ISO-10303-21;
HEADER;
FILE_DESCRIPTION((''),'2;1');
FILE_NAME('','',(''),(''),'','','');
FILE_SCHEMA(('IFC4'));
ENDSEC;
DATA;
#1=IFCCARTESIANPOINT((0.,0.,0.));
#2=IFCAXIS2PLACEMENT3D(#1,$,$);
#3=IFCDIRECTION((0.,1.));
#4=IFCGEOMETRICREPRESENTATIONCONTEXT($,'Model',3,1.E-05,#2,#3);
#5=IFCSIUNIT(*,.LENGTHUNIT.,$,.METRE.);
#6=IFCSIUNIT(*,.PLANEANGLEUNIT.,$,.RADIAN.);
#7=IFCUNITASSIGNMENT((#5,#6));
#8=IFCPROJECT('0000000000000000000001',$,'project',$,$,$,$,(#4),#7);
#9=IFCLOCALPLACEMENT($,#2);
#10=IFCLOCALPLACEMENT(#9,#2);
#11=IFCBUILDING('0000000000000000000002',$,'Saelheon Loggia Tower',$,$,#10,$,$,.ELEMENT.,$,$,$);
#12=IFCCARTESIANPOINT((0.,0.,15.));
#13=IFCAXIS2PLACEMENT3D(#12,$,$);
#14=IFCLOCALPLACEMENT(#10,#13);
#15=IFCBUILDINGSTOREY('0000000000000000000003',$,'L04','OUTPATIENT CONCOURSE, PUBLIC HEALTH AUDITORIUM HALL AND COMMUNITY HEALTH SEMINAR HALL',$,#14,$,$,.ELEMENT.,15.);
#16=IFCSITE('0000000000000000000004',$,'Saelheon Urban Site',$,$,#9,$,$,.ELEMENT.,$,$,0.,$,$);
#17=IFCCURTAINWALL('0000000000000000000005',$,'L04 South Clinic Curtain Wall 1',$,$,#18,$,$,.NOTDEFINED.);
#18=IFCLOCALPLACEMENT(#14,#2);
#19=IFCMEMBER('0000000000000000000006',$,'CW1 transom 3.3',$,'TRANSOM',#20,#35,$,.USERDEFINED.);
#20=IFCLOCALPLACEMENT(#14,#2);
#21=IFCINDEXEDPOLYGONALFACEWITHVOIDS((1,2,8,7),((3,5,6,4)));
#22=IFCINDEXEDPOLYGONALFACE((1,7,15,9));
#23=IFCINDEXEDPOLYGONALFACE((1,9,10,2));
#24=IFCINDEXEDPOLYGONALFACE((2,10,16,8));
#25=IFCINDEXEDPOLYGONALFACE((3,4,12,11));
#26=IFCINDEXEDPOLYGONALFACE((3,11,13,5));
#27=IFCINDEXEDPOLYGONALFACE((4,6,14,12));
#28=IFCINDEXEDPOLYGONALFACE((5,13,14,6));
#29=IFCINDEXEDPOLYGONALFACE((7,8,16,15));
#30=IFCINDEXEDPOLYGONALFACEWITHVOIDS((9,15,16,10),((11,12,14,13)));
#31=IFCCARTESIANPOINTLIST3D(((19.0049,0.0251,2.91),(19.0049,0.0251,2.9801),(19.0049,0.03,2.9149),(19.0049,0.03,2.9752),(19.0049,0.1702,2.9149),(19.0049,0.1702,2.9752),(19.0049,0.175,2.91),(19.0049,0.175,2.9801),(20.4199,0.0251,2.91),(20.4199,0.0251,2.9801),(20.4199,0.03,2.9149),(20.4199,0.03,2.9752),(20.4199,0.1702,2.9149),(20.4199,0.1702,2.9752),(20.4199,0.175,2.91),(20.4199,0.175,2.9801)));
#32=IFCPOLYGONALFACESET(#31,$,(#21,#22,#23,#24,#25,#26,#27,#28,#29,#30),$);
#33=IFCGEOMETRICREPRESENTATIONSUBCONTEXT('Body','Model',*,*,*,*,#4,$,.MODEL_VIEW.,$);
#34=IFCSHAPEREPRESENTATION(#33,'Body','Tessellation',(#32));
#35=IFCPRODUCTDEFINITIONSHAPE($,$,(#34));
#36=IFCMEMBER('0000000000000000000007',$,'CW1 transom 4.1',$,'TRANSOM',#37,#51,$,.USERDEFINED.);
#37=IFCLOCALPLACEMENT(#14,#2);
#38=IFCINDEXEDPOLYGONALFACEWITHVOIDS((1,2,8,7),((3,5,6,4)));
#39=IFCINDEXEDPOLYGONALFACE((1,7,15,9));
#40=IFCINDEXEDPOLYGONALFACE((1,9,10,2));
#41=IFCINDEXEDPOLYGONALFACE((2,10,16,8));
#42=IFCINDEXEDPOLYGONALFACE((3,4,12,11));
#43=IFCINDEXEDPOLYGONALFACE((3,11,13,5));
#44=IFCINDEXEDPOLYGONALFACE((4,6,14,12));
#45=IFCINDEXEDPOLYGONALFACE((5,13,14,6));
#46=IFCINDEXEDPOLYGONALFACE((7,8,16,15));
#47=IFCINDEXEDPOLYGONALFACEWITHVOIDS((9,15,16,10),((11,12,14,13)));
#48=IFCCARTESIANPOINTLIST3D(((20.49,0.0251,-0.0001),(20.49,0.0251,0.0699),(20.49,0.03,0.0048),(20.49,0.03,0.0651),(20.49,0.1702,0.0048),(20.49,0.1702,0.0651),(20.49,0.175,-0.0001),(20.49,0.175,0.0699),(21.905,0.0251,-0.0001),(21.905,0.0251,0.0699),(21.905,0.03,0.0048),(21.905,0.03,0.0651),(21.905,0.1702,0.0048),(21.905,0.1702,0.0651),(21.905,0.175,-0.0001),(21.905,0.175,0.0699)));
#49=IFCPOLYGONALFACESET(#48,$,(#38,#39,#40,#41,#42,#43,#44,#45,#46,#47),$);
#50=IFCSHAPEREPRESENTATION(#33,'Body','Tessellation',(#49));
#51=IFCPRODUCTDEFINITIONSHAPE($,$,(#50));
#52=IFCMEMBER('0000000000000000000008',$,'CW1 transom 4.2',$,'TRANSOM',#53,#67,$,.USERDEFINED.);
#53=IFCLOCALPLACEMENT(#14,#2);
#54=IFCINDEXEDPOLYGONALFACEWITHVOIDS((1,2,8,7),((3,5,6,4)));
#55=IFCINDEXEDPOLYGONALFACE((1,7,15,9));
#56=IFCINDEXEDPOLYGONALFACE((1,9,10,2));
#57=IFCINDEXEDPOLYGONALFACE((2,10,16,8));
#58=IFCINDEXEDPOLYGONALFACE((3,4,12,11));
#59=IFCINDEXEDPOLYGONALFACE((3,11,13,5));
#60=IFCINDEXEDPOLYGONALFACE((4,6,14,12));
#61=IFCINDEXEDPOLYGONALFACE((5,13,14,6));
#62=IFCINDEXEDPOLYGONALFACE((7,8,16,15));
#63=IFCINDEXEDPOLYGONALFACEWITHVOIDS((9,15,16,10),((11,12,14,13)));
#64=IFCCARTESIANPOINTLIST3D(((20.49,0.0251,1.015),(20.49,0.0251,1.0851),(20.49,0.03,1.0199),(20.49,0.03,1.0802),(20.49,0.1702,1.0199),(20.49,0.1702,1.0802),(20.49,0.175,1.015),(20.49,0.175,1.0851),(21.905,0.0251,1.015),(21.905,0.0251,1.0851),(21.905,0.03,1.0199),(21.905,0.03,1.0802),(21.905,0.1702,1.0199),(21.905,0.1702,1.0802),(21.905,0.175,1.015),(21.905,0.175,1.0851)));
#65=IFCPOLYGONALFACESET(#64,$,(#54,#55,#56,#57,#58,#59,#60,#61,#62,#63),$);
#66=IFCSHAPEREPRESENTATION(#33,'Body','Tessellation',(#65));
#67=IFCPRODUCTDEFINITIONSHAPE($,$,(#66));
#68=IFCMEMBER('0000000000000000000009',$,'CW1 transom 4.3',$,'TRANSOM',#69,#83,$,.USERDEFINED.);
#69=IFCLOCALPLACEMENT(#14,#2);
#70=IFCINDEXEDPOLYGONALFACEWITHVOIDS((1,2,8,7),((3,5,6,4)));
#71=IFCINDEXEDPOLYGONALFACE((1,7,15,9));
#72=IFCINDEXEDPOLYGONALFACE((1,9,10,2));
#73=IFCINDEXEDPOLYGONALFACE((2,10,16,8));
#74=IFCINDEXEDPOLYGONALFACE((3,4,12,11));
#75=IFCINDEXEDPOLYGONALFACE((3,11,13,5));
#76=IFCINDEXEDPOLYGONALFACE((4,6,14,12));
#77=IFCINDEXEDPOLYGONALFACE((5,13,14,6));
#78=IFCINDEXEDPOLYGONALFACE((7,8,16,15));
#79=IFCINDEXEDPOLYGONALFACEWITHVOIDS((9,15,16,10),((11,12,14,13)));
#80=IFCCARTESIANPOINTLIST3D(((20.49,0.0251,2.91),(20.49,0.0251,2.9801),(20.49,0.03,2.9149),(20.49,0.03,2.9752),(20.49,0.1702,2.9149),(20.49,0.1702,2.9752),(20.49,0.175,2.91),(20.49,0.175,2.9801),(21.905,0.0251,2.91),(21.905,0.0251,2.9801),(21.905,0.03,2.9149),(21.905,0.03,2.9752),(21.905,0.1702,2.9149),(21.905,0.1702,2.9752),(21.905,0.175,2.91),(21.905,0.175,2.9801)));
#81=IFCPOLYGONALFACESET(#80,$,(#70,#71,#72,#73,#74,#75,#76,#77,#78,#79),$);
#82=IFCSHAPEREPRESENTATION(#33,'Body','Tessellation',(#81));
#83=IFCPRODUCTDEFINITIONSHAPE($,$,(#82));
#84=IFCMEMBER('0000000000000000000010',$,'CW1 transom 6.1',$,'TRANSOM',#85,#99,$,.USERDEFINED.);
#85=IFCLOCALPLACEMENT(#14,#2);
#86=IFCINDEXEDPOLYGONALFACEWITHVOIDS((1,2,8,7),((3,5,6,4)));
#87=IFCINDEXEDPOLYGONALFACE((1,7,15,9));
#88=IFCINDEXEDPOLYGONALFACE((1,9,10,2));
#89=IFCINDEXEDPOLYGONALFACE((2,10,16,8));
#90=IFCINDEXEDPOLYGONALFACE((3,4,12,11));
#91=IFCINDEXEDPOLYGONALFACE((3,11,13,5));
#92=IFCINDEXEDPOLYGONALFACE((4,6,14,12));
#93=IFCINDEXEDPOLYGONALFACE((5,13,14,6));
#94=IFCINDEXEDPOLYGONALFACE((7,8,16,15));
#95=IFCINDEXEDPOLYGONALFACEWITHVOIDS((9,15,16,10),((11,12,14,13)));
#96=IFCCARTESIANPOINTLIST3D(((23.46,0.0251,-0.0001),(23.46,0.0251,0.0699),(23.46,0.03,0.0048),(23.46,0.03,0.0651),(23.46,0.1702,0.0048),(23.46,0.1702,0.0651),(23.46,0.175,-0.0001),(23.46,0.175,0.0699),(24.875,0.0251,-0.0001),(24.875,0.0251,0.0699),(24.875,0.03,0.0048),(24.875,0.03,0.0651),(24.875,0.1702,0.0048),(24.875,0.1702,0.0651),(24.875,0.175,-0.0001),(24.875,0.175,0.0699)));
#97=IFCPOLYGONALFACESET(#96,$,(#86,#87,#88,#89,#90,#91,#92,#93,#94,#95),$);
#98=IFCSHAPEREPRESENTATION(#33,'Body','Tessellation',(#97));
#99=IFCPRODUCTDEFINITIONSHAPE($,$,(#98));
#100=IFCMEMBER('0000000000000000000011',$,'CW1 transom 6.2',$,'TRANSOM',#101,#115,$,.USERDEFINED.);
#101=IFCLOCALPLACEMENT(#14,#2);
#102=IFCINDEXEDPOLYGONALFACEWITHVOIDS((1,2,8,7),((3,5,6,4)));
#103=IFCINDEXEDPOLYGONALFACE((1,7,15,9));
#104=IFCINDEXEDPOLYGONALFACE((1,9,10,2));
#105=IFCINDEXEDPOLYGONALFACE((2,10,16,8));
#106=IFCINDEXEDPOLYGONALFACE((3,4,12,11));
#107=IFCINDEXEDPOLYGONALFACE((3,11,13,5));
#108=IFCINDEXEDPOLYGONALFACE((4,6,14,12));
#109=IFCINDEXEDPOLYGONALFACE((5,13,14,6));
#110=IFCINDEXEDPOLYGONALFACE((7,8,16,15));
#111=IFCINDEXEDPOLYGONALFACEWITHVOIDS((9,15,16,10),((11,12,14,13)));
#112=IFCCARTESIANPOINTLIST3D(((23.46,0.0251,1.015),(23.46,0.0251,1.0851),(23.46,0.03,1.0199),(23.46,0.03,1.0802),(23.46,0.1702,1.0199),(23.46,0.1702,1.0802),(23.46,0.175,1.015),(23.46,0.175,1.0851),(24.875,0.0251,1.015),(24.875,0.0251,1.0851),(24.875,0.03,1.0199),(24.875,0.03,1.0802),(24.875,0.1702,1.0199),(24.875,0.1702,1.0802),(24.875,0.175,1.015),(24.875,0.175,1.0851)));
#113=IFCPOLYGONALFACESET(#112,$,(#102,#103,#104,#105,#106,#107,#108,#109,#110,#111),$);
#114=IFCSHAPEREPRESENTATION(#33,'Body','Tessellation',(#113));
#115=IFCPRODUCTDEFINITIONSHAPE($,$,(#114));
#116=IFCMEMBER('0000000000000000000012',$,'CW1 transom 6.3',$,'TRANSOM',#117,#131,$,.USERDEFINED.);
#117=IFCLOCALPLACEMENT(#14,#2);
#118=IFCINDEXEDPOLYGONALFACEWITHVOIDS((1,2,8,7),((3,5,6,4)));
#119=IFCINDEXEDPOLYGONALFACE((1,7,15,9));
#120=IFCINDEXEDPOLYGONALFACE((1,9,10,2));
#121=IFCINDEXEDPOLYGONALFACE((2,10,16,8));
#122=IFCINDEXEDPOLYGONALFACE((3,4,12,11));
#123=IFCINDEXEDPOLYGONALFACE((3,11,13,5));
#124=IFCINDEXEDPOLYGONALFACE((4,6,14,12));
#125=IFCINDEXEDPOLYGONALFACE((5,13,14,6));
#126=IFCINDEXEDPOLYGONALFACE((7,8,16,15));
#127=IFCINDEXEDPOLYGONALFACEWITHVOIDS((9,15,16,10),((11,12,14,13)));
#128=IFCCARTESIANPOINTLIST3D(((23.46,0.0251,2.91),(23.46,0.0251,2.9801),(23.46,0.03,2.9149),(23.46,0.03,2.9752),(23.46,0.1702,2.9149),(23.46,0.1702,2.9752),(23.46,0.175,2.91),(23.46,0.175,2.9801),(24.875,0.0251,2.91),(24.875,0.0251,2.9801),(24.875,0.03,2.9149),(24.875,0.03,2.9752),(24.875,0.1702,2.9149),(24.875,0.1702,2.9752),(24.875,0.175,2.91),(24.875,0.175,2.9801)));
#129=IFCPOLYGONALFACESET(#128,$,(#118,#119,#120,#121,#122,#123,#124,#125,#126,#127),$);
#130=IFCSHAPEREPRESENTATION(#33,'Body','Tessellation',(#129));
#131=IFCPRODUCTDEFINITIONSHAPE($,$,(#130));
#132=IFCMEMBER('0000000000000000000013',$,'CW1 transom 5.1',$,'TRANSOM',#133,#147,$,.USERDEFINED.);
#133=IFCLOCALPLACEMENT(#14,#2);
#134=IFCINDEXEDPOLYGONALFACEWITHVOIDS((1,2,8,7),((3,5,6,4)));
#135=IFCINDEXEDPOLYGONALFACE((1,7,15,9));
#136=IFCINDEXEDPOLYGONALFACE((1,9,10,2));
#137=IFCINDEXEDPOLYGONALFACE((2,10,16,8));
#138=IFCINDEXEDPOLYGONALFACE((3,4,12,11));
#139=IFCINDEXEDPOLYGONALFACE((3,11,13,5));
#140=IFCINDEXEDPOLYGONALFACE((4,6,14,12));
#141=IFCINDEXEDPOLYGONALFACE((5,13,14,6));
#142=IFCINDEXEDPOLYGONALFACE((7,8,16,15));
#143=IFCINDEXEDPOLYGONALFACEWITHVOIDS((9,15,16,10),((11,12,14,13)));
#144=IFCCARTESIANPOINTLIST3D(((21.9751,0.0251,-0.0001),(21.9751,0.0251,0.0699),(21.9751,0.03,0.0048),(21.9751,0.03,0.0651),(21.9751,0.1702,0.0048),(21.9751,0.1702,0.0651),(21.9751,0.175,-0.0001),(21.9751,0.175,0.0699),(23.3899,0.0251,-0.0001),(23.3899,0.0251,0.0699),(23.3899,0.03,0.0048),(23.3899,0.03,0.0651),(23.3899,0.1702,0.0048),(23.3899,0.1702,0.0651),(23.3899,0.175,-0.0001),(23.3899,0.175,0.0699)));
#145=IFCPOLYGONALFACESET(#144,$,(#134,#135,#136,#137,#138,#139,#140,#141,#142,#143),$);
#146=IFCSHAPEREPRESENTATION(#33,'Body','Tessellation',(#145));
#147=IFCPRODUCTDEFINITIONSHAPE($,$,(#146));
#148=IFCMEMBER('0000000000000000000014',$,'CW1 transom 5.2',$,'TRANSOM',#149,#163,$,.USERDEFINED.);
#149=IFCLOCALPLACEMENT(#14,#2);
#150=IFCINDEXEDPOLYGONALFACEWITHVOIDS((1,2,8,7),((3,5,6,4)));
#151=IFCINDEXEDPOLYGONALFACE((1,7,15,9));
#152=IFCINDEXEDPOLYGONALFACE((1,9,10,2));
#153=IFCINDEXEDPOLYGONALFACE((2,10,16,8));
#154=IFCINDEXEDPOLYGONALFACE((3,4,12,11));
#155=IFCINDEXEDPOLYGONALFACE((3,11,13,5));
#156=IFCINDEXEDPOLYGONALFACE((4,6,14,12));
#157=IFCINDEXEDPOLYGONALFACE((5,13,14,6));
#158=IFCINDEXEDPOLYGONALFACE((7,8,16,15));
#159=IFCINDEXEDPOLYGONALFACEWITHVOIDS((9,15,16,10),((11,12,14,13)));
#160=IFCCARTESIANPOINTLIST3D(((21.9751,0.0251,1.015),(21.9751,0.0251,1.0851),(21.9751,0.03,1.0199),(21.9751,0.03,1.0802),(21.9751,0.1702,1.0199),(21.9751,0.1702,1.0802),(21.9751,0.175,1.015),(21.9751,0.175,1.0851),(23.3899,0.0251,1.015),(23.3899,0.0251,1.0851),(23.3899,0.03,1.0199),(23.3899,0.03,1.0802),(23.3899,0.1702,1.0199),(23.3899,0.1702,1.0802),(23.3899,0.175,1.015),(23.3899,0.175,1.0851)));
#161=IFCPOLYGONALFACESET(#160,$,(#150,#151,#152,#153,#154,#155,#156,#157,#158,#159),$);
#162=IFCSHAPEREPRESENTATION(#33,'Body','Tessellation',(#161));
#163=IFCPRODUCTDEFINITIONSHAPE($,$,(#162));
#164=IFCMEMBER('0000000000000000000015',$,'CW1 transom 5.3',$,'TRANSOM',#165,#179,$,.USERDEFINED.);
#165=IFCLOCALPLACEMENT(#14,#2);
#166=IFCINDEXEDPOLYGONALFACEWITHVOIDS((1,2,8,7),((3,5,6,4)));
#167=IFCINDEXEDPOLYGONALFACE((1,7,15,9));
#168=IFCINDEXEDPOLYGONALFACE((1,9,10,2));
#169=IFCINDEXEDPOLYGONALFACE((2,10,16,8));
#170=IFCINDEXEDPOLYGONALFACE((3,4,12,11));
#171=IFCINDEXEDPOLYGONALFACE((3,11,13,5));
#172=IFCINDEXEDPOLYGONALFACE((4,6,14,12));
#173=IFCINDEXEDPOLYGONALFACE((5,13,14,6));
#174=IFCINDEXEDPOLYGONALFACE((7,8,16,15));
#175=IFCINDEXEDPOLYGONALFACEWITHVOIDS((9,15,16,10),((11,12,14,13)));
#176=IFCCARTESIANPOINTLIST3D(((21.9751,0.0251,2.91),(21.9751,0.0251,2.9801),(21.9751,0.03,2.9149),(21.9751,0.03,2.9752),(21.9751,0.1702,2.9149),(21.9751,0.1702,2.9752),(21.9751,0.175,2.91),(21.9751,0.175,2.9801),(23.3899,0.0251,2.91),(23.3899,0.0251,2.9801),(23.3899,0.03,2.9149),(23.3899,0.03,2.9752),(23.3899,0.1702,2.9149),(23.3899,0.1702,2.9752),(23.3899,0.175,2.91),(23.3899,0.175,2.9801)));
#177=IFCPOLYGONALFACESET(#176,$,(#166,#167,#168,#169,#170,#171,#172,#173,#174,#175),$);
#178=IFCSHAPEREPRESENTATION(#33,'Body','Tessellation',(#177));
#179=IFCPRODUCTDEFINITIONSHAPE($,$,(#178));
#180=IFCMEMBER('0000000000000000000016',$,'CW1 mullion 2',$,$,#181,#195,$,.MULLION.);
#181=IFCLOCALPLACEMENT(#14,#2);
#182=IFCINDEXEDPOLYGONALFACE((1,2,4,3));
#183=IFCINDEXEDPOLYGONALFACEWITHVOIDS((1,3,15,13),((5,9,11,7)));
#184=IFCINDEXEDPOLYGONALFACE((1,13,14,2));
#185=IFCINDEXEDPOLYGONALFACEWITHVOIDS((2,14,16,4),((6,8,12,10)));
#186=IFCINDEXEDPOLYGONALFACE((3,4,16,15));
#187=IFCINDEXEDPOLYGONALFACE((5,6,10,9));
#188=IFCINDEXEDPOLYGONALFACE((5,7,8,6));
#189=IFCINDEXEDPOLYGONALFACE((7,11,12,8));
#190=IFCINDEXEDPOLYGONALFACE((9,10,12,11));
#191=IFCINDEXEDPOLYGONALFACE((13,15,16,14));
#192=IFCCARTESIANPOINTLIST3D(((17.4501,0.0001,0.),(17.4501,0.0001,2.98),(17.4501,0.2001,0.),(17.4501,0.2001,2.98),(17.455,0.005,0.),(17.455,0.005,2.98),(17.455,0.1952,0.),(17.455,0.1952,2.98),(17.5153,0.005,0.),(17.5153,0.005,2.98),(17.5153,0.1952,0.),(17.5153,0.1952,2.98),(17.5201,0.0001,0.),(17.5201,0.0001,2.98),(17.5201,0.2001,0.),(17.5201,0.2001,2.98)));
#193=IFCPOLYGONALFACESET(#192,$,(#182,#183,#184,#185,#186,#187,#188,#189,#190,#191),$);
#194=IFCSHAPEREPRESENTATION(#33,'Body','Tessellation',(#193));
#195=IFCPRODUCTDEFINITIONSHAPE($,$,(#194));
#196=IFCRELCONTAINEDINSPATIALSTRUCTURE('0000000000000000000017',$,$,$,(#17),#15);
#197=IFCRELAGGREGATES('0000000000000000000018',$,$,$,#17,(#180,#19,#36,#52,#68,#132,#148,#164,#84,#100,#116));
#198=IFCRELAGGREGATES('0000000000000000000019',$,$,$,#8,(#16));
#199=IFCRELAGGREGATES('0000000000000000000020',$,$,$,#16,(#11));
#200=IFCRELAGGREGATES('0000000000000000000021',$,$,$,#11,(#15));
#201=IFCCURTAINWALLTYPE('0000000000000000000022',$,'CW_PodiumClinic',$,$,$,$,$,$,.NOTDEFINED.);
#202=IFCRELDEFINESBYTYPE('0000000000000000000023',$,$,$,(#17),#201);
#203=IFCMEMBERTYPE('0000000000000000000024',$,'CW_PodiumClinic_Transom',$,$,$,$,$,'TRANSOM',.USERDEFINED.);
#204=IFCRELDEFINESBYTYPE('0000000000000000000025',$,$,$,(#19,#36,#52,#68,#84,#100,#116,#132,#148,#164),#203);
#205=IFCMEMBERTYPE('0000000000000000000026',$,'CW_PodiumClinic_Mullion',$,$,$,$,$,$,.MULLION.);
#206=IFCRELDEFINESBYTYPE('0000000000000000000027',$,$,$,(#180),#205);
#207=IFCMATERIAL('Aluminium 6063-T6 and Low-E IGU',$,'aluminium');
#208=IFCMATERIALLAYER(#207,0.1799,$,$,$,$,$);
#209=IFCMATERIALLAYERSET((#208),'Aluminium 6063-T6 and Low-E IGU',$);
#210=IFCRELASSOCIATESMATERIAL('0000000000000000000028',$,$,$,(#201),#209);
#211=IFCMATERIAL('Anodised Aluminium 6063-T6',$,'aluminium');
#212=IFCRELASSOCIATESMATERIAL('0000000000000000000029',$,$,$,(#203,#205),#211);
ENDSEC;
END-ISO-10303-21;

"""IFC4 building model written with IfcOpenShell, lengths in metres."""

from ifc_helpers import new_model, si_unit, direction, frame, origin, origin_2d, place, context, subcontext, project, spatial, hollow_rectangle, extrude, source, transform, mapped, material, layer, layer_set, material_profile, profile_set, type_object, element, aggregate, save


model = new_model("IFC4")

# Units and contexts
model_context = context("Model", 3, precision=1e-05, world=origin(), true_north=direction((0.0, 1.0)))
body_context = subcontext(model_context, "Body", "Model", "MODEL_VIEW")
ifc_project = project(units=[si_unit("LENGTHUNIT", "METRE"), si_unit("PLANEANGLEUNIT", "RADIAN")], contexts=[model_context])

# Site, building, storey
site_placement = place(None, origin())
site = spatial("IfcSite", under=ifc_project, at=site_placement, Name="Saelheon Urban Site", CompositionType="ELEMENT", RefElevation=0.0)
building_placement = place(site_placement, origin())
building = spatial("IfcBuilding", under=site, at=building_placement, Name="Saelheon Loggia Tower", CompositionType="ELEMENT")
storey_placement = place(building_placement, frame((0.0, 0.0, 15.0)))
storey = spatial("IfcBuildingStorey", under=building, at=storey_placement, Name="L04", Description="OUTPATIENT CONCOURSE, PUBLIC HEALTH AUDITORIUM HALL AND COMMUNITY HEALTH SEMINAR HALL", CompositionType="ELEMENT", Elevation=15.0)

# Curtain wall, members
ifc_material_1 = material(Name="Aluminium 6063-T6 and Low-E IGU", Category="aluminium")
ifc_layer_1 = layer(ifc_material_1, 0.1799)
ifc_layer_set_1 = layer_set([ifc_layer_1], Name="Aluminium 6063-T6 and Low-E IGU")
curtain_wall_type = type_object("IfcCurtainWallType", Name="CW_PodiumClinic", PredefinedType="NOTDEFINED", material=ifc_layer_set_1)
curtain_wall_placement = place(storey_placement, origin())
curtain_wall = element("IfcCurtainWall", 1, at=curtain_wall_placement, inside=storey, type_object=curtain_wall_type, Name="L04 South Clinic Curtain Wall 1", PredefinedType="NOTDEFINED")
ifc_material_2 = material(Name="Anodised Aluminium 6063-T6", Category="aluminium")
ifc_material_profile_1 = material_profile(ifc_material_2, hollow_rectangle(XDim=0.0701, YDim=0.1499, WallThickness=0.0049, at=origin_2d()), Name="RHS-150x70x5")
ifc_profile_set_1 = profile_set([ifc_material_profile_1], Name="Anodised Aluminium 6063-T6")
member_type_1 = type_object("IfcMemberType", Name="CW_PodiumClinic_Transom", ElementType="TRANSOM", PredefinedType="USERDEFINED", material=ifc_profile_set_1)
shared_shape_1 = source(origin(), body_context, "Body", "SweptSolid", [
    extrude(hollow_rectangle(XDim=0.0701, YDim=0.1499, WallThickness=0.0049, at=origin_2d()), origin(), (0.0, 0.0, 1.0), 1.415),
])
member_1_placement = place(storey_placement, frame((19.0049, 0.1001, 2.9451), z_axis=(1.0, 0.0, 0.0), x_axis=(0.0, 0.0, 1.0)))
member_1 = element("IfcMember", 2, at=member_1_placement, type_object=member_type_1, Name="CW1 transom 3.3", ObjectType="TRANSOM", PredefinedType="USERDEFINED", context=body_context, shape_type="MappedRepresentation", body=[
    mapped(shared_shape_1, transform((0.0, 0.0, 0.0), scale=1.0)),
])
member_2_placement = place(storey_placement, frame((20.49, 0.1001, 0.0349), z_axis=(1.0, 0.0, 0.0), x_axis=(0.0, 0.0, 1.0)))
member_2 = element("IfcMember", 3, at=member_2_placement, type_object=member_type_1, Name="CW1 transom 4.1", ObjectType="TRANSOM", PredefinedType="USERDEFINED", context=body_context, shape_type="MappedRepresentation", body=[
    mapped(shared_shape_1, transform((0.0, 0.0, 0.0), scale=1.0)),
])
member_3_placement = place(storey_placement, frame((20.49, 0.1001, 1.05), z_axis=(1.0, 0.0, 0.0), x_axis=(0.0, 0.0, 1.0)))
member_3 = element("IfcMember", 4, at=member_3_placement, type_object=member_type_1, Name="CW1 transom 4.2", ObjectType="TRANSOM", PredefinedType="USERDEFINED", context=body_context, shape_type="MappedRepresentation", body=[
    mapped(shared_shape_1, transform((0.0, 0.0, 0.0), scale=1.0)),
])
member_4_placement = place(storey_placement, frame((20.49, 0.1001, 2.9451), z_axis=(1.0, 0.0, 0.0), x_axis=(0.0, 0.0, 1.0)))
member_4 = element("IfcMember", 5, at=member_4_placement, type_object=member_type_1, Name="CW1 transom 4.3", ObjectType="TRANSOM", PredefinedType="USERDEFINED", context=body_context, shape_type="MappedRepresentation", body=[
    mapped(shared_shape_1, transform((0.0, 0.0, 0.0), scale=1.0)),
])
member_5_placement = place(storey_placement, frame((23.46, 0.1001, 0.0349), z_axis=(1.0, 0.0, 0.0), x_axis=(0.0, 0.0, 1.0)))
member_5 = element("IfcMember", 6, at=member_5_placement, type_object=member_type_1, Name="CW1 transom 6.1", ObjectType="TRANSOM", PredefinedType="USERDEFINED", context=body_context, shape_type="MappedRepresentation", body=[
    mapped(shared_shape_1, transform((0.0, 0.0, 0.0), scale=1.0)),
])
member_6_placement = place(storey_placement, frame((23.46, 0.1001, 1.05), z_axis=(1.0, 0.0, 0.0), x_axis=(0.0, 0.0, 1.0)))
member_6 = element("IfcMember", 7, at=member_6_placement, type_object=member_type_1, Name="CW1 transom 6.2", ObjectType="TRANSOM", PredefinedType="USERDEFINED", context=body_context, shape_type="MappedRepresentation", body=[
    mapped(shared_shape_1, transform((0.0, 0.0, 0.0), scale=1.0)),
])
member_7_placement = place(storey_placement, frame((23.46, 0.1001, 2.9451), z_axis=(1.0, 0.0, 0.0), x_axis=(0.0, 0.0, 1.0)))
member_7 = element("IfcMember", 8, at=member_7_placement, type_object=member_type_1, Name="CW1 transom 6.3", ObjectType="TRANSOM", PredefinedType="USERDEFINED", context=body_context, shape_type="MappedRepresentation", body=[
    mapped(shared_shape_1, transform((0.0, 0.0, 0.0), scale=1.0)),
])
shared_shape_2 = source(origin(), body_context, "Body", "SweptSolid", [
    extrude(hollow_rectangle(XDim=0.0701, YDim=0.1499, WallThickness=0.0049, at=origin_2d()), origin(), (0.0, 0.0, 1.0), 1.4148),
])
member_8_placement = place(storey_placement, frame((21.9751, 0.1001, 0.0349), z_axis=(1.0, 0.0, 0.0), x_axis=(0.0, 0.0, 1.0)))
member_8 = element("IfcMember", 9, at=member_8_placement, type_object=member_type_1, Name="CW1 transom 5.1", ObjectType="TRANSOM", PredefinedType="USERDEFINED", context=body_context, shape_type="MappedRepresentation", body=[
    mapped(shared_shape_2, transform((0.0, 0.0, 0.0), scale=1.0)),
])
member_9_placement = place(storey_placement, frame((21.9751, 0.1001, 1.05), z_axis=(1.0, 0.0, 0.0), x_axis=(0.0, 0.0, 1.0)))
member_9 = element("IfcMember", 10, at=member_9_placement, type_object=member_type_1, Name="CW1 transom 5.2", ObjectType="TRANSOM", PredefinedType="USERDEFINED", context=body_context, shape_type="MappedRepresentation", body=[
    mapped(shared_shape_2, transform((0.0, 0.0, 0.0), scale=1.0)),
])
member_10_placement = place(storey_placement, frame((21.9751, 0.1001, 2.9451), z_axis=(1.0, 0.0, 0.0), x_axis=(0.0, 0.0, 1.0)))
member_10 = element("IfcMember", 11, at=member_10_placement, type_object=member_type_1, Name="CW1 transom 5.3", ObjectType="TRANSOM", PredefinedType="USERDEFINED", context=body_context, shape_type="MappedRepresentation", body=[
    mapped(shared_shape_2, transform((0.0, 0.0, 0.0), scale=1.0)),
])
ifc_material_profile_2 = material_profile(ifc_material_2, hollow_rectangle(XDim=0.0701, YDim=0.2, WallThickness=0.0049, at=origin_2d()), Name="RHS-200x70x5")
ifc_profile_set_2 = profile_set([ifc_material_profile_2], Name="Anodised Aluminium 6063-T6")
member_type_2 = type_object("IfcMemberType", Name="CW_PodiumClinic_Mullion", PredefinedType="MULLION", material=ifc_profile_set_2)
shared_shape_3 = source(origin(), body_context, "Body", "SweptSolid", [
    extrude(hollow_rectangle(XDim=0.0701, YDim=0.2, WallThickness=0.0049, at=origin_2d()), origin(), (0.0, 0.0, 1.0), 2.98),
])
member_11_placement = place(storey_placement, frame((17.4851, 0.1001, 0.0), z_axis=(0.0, 0.0, 1.0), x_axis=(1.0, 0.0, 0.0)))
member_11 = element("IfcMember", 12, at=member_11_placement, type_object=member_type_2, Name="CW1 mullion 2", PredefinedType="MULLION", context=body_context, shape_type="MappedRepresentation", body=[
    mapped(shared_shape_3, transform((0.0, 0.0, 0.0), scale=1.0)),
])
aggregate(curtain_wall, [member_11, member_1, member_2, member_3, member_4, member_8, member_9, member_10, member_5, member_6, member_7])

save(model, "model.ifc")
